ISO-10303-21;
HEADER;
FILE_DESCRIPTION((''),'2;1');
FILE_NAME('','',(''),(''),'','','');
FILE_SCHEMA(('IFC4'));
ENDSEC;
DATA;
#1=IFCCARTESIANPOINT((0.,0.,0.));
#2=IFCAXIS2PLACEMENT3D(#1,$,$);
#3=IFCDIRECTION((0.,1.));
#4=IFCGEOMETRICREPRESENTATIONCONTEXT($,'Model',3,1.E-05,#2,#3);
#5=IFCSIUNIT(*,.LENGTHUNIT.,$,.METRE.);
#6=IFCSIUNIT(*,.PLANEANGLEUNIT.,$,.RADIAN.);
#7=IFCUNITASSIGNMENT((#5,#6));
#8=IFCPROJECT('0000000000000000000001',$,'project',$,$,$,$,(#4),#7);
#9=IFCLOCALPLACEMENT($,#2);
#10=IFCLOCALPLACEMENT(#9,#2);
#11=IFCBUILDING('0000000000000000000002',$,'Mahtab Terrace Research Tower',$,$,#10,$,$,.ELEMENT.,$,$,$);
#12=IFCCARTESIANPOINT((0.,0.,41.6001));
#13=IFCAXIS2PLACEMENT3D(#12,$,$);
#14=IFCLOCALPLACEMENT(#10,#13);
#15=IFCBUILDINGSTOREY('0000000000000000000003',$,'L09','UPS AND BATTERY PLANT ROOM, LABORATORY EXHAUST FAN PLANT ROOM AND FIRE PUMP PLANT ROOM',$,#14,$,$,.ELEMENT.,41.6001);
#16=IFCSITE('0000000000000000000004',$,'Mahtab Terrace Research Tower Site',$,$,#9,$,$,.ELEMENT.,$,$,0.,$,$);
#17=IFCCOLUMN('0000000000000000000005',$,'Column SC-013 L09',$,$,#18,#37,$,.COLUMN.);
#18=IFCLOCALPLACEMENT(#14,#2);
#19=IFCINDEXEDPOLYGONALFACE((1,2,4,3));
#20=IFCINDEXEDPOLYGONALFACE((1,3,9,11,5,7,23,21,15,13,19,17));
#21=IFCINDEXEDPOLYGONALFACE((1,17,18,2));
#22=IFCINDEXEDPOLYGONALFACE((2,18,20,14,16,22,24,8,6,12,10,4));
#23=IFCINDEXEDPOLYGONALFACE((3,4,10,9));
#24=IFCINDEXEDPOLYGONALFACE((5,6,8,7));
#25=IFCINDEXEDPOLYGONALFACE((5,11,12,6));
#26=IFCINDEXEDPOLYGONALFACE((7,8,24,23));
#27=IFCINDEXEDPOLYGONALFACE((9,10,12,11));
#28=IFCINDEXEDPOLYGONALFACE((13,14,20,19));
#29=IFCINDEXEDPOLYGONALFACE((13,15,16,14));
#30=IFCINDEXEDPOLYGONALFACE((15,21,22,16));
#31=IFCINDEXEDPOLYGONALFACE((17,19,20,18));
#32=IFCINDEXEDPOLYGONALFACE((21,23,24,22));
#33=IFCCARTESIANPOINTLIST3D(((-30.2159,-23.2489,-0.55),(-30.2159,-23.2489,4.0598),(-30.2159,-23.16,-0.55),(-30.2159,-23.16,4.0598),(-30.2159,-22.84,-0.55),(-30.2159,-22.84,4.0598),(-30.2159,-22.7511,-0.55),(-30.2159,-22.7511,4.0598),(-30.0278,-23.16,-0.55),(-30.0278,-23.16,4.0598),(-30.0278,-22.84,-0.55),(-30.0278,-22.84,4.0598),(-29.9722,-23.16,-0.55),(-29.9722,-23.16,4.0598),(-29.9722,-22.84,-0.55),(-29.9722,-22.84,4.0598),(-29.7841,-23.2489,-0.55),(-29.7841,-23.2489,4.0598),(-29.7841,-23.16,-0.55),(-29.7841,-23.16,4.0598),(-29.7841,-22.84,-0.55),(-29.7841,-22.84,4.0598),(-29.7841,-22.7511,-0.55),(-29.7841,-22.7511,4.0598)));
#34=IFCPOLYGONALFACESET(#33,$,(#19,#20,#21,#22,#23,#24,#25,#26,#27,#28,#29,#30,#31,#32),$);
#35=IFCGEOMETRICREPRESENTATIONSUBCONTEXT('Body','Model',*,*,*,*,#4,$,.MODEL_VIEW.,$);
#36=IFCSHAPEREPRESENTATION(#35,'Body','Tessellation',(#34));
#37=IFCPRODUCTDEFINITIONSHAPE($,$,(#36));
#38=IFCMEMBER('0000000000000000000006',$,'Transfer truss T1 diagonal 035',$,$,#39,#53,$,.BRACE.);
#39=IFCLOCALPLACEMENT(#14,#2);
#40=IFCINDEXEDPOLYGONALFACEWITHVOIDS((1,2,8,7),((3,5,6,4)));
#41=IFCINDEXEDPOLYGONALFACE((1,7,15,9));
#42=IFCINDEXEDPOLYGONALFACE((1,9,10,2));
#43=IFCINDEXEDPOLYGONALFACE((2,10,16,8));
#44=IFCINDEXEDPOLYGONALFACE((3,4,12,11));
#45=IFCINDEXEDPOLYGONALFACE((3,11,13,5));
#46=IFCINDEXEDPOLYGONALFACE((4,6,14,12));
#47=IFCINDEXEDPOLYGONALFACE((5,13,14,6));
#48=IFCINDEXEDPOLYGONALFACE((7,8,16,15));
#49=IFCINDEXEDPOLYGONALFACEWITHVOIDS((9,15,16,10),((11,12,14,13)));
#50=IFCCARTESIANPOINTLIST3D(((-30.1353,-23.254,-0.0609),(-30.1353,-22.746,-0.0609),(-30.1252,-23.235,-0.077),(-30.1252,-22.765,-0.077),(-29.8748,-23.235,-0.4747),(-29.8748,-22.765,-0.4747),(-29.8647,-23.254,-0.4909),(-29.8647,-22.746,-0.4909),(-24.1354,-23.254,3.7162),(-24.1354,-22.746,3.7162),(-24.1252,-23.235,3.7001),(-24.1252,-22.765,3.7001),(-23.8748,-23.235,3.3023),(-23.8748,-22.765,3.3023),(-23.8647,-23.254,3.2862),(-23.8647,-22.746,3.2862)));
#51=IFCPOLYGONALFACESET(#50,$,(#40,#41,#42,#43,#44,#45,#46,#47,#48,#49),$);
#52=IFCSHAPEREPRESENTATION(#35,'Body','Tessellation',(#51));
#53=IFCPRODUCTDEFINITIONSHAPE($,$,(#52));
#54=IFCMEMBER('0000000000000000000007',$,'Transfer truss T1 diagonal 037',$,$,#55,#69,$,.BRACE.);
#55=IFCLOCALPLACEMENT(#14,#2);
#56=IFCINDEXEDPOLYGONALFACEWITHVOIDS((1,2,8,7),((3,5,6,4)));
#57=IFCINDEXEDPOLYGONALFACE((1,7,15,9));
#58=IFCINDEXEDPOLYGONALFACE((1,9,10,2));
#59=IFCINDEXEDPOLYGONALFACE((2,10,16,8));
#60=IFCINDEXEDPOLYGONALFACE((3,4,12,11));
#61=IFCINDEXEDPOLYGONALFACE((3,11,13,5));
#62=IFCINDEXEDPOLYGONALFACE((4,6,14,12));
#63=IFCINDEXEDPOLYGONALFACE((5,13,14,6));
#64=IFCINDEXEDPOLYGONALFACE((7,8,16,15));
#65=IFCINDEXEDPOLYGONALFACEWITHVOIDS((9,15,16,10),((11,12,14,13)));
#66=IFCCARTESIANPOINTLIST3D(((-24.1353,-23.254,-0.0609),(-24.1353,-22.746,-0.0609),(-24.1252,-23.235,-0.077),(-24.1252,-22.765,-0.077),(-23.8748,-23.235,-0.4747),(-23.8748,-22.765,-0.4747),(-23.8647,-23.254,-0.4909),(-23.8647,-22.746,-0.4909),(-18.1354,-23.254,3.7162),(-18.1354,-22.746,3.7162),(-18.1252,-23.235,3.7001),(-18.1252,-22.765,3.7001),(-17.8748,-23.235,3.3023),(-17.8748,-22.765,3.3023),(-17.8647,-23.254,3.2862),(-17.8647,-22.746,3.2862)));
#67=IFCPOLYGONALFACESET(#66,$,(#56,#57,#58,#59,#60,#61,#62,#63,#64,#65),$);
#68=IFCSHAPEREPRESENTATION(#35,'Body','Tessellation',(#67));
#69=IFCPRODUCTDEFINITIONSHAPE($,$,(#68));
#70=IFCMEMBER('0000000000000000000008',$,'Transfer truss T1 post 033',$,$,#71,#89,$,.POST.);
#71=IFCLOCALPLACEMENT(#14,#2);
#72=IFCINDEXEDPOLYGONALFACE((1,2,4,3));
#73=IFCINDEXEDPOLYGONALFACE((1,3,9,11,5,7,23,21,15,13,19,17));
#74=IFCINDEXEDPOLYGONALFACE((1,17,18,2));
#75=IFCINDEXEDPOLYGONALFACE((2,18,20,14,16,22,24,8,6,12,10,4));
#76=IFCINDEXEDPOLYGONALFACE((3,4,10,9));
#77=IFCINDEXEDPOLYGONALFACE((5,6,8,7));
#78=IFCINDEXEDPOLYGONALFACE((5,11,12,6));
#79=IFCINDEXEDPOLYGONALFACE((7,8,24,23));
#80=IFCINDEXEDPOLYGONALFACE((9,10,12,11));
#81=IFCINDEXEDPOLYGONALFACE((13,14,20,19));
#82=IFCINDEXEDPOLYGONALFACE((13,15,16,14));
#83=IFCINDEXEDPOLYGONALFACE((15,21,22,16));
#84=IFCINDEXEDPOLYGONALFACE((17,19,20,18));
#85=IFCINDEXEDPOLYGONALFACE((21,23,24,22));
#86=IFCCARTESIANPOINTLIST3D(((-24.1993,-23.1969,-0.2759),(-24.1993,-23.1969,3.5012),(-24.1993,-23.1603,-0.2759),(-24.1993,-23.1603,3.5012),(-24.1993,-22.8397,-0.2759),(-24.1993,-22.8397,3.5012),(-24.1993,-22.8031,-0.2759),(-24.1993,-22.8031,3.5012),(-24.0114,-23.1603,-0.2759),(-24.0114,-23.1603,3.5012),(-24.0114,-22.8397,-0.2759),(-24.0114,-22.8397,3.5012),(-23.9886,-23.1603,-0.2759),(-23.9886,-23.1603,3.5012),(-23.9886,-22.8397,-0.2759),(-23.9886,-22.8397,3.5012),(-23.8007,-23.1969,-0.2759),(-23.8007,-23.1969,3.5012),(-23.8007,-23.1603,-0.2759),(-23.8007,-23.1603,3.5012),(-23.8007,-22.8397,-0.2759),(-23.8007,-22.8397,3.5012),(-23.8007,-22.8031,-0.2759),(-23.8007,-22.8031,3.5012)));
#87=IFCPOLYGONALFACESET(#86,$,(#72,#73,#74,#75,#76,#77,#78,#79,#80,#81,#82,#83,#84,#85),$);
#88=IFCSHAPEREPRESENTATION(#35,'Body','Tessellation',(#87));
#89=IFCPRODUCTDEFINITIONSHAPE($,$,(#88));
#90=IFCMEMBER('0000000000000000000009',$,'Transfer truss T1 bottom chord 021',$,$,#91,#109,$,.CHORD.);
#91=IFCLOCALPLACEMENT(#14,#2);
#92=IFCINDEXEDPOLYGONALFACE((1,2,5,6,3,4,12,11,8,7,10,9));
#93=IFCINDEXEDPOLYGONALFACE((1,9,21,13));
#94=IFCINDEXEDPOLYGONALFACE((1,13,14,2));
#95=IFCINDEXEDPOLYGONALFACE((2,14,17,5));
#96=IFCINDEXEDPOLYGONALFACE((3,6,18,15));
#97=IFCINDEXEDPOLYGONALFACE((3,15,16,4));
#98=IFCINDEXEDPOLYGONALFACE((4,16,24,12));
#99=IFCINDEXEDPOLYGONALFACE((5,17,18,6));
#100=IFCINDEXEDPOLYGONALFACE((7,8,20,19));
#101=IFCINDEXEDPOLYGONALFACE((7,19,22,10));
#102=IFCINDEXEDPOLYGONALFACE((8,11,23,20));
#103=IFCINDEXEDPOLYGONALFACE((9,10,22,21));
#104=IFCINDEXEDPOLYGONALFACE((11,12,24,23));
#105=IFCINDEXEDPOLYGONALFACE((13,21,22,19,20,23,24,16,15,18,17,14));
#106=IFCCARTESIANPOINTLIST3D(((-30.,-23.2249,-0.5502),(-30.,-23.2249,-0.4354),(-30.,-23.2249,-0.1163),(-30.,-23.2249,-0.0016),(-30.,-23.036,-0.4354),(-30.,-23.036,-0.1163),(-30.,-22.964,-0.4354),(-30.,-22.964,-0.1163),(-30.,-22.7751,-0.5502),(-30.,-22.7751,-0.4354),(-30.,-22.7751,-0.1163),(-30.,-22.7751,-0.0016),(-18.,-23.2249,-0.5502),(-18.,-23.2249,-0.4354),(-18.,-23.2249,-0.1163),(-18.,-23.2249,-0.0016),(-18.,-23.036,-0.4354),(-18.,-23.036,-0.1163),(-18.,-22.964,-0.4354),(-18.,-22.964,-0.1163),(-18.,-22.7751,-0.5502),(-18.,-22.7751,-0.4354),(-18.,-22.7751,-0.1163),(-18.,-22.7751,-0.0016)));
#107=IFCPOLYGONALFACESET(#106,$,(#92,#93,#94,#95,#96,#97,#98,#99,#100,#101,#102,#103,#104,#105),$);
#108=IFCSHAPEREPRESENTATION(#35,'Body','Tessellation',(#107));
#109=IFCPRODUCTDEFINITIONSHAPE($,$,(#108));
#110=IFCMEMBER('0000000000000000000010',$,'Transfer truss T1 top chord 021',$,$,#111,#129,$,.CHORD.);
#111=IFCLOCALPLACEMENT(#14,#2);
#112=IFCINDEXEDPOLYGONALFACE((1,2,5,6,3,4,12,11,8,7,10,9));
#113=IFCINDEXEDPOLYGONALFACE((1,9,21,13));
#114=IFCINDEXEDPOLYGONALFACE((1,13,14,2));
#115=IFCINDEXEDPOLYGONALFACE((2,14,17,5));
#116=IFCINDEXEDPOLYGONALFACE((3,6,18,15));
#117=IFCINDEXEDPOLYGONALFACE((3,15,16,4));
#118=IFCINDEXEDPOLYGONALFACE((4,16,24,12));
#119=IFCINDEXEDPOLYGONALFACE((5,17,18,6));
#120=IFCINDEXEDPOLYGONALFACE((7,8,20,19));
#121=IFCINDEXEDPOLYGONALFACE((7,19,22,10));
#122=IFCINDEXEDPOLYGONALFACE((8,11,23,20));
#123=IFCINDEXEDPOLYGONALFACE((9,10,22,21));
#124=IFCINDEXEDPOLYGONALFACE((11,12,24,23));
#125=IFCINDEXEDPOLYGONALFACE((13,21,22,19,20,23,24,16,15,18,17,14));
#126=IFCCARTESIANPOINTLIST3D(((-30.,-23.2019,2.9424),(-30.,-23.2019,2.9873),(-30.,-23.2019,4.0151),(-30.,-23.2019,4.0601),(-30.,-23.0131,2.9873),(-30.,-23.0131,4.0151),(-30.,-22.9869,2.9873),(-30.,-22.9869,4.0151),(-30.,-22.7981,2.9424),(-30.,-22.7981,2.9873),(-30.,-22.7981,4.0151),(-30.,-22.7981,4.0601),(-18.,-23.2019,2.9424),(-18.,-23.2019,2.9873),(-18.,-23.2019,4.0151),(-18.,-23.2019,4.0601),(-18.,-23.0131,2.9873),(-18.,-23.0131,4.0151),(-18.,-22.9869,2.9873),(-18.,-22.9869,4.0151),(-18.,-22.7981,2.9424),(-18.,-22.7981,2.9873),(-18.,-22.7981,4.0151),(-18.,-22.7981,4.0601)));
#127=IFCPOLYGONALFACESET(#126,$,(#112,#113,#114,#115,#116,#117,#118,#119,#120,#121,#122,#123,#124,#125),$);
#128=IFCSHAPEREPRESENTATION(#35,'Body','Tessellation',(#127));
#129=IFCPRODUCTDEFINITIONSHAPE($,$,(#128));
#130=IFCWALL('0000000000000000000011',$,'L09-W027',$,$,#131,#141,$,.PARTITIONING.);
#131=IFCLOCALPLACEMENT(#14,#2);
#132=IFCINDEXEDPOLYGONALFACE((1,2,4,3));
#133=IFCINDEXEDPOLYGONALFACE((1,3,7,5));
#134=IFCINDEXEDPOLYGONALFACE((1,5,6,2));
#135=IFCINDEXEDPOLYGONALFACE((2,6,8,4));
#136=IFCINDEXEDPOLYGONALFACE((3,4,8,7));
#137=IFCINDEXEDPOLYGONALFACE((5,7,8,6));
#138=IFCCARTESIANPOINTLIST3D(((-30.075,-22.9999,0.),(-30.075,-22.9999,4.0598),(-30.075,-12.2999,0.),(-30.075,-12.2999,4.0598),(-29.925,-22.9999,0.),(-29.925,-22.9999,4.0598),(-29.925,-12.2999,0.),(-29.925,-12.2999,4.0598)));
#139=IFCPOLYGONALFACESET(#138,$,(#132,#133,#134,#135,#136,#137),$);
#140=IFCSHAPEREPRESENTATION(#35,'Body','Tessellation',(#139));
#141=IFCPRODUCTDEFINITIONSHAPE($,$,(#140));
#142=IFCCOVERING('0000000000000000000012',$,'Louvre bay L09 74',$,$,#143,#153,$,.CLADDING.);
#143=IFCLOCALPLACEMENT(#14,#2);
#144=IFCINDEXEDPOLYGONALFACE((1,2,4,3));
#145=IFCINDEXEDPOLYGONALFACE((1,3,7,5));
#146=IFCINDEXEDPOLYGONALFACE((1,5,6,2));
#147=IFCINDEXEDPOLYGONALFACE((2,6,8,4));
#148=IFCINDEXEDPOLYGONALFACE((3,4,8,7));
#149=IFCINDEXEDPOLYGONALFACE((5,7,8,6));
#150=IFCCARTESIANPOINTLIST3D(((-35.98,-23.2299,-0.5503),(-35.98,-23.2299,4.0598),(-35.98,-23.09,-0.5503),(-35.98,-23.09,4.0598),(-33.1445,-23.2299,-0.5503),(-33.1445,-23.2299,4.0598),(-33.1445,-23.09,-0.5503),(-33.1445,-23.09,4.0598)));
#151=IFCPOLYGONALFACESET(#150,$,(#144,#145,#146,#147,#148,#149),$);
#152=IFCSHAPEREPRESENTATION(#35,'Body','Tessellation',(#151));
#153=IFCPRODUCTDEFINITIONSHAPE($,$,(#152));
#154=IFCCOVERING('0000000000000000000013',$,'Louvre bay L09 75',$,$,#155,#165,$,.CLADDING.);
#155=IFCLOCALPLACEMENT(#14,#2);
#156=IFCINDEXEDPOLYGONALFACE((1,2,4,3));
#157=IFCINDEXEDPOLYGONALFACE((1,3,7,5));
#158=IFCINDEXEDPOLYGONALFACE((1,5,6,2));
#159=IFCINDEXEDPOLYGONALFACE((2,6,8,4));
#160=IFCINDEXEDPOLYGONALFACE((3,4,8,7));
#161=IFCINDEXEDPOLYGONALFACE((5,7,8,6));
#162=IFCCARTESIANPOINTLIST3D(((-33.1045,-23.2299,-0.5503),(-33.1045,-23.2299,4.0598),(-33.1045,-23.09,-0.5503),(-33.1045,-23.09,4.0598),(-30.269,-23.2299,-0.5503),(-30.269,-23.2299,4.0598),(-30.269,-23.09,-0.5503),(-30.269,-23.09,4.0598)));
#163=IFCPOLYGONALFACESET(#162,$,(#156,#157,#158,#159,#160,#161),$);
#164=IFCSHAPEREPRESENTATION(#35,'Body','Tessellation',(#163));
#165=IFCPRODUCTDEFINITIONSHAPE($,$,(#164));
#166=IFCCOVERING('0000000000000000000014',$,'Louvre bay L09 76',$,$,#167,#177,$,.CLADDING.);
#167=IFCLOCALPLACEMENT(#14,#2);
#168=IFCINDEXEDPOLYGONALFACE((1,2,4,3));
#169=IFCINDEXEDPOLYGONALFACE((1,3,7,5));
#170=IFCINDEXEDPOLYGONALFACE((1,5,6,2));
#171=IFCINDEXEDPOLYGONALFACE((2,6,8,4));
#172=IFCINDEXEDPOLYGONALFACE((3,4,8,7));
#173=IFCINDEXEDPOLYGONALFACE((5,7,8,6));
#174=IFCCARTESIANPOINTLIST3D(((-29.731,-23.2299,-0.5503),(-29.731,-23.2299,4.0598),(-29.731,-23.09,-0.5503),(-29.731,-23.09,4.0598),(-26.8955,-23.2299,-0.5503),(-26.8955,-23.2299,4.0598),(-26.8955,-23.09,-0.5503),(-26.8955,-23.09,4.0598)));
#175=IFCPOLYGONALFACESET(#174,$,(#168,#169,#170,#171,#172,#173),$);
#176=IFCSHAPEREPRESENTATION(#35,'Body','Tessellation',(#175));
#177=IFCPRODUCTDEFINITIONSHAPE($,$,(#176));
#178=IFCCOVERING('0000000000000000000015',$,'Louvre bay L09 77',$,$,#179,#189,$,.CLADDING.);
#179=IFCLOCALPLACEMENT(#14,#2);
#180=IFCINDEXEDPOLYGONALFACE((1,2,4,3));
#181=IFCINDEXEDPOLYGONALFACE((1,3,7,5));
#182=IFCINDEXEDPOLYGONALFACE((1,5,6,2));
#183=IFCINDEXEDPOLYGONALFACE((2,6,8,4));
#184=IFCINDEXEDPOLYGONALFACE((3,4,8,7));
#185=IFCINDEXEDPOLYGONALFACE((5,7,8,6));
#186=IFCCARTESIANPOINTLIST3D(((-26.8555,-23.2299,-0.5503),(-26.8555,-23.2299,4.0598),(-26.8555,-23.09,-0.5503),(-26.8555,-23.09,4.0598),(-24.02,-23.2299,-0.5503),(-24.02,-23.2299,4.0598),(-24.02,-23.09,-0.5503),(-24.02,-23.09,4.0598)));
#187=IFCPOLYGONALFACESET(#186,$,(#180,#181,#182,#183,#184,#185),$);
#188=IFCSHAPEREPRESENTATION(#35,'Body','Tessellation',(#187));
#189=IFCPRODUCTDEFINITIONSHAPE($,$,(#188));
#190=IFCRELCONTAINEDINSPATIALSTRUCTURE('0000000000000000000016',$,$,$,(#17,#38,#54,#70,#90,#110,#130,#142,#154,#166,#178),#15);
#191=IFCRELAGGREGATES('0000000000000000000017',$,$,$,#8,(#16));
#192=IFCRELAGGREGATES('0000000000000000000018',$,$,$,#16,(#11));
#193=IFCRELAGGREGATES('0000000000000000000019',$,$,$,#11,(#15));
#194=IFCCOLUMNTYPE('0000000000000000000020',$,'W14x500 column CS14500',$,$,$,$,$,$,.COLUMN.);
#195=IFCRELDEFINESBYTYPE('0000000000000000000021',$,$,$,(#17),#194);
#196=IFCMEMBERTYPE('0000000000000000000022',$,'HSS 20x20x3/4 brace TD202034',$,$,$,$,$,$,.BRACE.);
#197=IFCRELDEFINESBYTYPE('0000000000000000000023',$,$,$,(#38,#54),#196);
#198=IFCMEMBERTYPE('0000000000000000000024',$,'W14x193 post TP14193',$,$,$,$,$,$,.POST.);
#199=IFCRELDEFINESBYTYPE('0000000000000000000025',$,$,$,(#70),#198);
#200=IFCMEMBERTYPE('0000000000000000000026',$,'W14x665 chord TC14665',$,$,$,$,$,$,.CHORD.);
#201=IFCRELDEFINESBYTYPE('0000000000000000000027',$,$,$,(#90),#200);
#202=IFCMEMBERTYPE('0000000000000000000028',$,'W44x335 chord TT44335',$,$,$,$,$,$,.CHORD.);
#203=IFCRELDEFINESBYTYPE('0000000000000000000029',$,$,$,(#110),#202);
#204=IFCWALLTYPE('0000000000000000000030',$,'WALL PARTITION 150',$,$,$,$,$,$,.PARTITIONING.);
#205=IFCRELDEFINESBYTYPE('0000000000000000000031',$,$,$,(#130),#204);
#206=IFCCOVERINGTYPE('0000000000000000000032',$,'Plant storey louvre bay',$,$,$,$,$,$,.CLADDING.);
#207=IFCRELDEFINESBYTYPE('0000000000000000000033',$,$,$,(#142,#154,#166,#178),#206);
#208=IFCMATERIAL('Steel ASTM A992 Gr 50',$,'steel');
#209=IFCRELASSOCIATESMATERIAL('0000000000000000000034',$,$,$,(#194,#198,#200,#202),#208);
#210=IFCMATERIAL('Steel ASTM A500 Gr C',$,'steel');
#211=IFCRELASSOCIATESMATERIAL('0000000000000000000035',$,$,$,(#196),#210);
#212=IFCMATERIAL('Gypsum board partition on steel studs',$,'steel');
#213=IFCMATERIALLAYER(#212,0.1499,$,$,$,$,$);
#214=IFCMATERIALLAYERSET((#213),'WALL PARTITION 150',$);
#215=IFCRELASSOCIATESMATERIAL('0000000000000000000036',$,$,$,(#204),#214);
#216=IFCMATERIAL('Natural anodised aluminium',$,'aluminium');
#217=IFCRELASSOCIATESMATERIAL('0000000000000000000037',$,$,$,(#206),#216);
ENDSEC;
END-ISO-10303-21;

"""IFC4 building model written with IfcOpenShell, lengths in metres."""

from ifc_helpers import new_model, si_unit, direction, frame, frame_2d, origin, origin_2d, place, context, subcontext, project, spatial, rectangle, hollow_rectangle, i_section, extrude, material, layer, layer_set, material_profile, profile_set, type_object, element, save


model = new_model("IFC4")

# Units and contexts
model_context = context("Model", 3, precision=1e-05, world=origin(), true_north=direction((0.0, 1.0)))
body_context = subcontext(model_context, "Body", "Model", "MODEL_VIEW")
ifc_project = project(units=[si_unit("LENGTHUNIT", "METRE"), si_unit("PLANEANGLEUNIT", "RADIAN")], contexts=[model_context])

# Site, building, storey
site_placement = place(None, origin())
site = spatial("IfcSite", under=ifc_project, at=site_placement, Name="Mahtab Terrace Research Tower Site", CompositionType="ELEMENT", RefElevation=0.0)
building_placement = place(site_placement, origin())
building = spatial("IfcBuilding", under=site, at=building_placement, Name="Mahtab Terrace Research Tower", CompositionType="ELEMENT")
storey_placement = place(building_placement, frame((0.0, 0.0, 41.6001)))
storey = spatial("IfcBuildingStorey", under=building, at=storey_placement, Name="L09", Description="UPS AND BATTERY PLANT ROOM, LABORATORY EXHAUST FAN PLANT ROOM AND FIRE PUMP PLANT ROOM", CompositionType="ELEMENT", Elevation=41.6001)

# Column
ifc_material_1 = material(Name="Steel ASTM A992 Gr 50", Category="steel")
ifc_material_profile_1 = material_profile(ifc_material_1, i_section(OverallWidth=0.4319, OverallDepth=0.4978, WebThickness=0.0557, FlangeThickness=0.0889, at=origin_2d()), Name="W14X500")
ifc_profile_set_1 = profile_set([ifc_material_profile_1], Name="Steel ASTM A992 Gr 50")
column_type = type_object("IfcColumnType", Name="W14x500 column CS14500", PredefinedType="COLUMN", material=ifc_profile_set_1)
column_placement = place(storey_placement, frame((-30.0, -23.0, -0.55), z_axis=(0.0, 0.0, 1.0), x_axis=(1.0, 0.0, 0.0)))
element("IfcColumn", 1, at=column_placement, inside=storey, type_object=column_type, Name="Column SC-013 L09", PredefinedType="COLUMN", context=body_context, shape_type="SweptSolid", body=[
    extrude(i_section(OverallWidth=0.4319, OverallDepth=0.4978, WebThickness=0.0557, FlangeThickness=0.0889, at=origin_2d()), origin(), (0.0, 0.0, 1.0), 4.6099),
])

# Members
ifc_material_2 = material(Name="Steel ASTM A500 Gr C", Category="steel")
ifc_material_profile_2 = material_profile(ifc_material_2, hollow_rectangle(XDim=0.5081, YDim=0.5081, WallThickness=0.019, at=origin_2d()), Name="HSS20X20X3/4")
ifc_profile_set_2 = profile_set([ifc_material_profile_2], Name="Steel ASTM A500 Gr C")
member_type_1 = type_object("IfcMemberType", Name="HSS 20x20x3/4 brace TD202034", PredefinedType="BRACE", material=ifc_profile_set_2)
for number, where, z_axis, x_axis, name in (
    (2, (-30.0, -23.0, -0.2759), (0.846276, 0.0, 0.532745), (0.0, 1.0, 0.0), "Transfer truss T1 diagonal 035"),
    (3, (-24.0, -23.0, -0.2759), (0.846276, 0.0, 0.532745), (0.0, 1.0, 0.0), "Transfer truss T1 diagonal 037"),
):
    element("IfcMember", number, at=place(storey_placement, frame(where, z_axis=z_axis, x_axis=x_axis)), inside=storey, type_object=member_type_1, Name=name, PredefinedType="BRACE", context=body_context, shape_type="SweptSolid", body=[
        extrude(hollow_rectangle(XDim=0.5081, YDim=0.5081, WallThickness=0.019, at=origin_2d()), origin(), (0.0, 0.0, 1.0), 7.0898),
    ])
ifc_material_profile_3 = material_profile(ifc_material_1, i_section(OverallWidth=0.3987, OverallDepth=0.3938, WebThickness=0.0227, FlangeThickness=0.0366, at=origin_2d()), Name="W14X193")
ifc_profile_set_3 = profile_set([ifc_material_profile_3], Name="Steel ASTM A992 Gr 50")
member_type_2 = type_object("IfcMemberType", Name="W14x193 post TP14193", PredefinedType="POST", material=ifc_profile_set_3)
member_1_placement = place(storey_placement, frame((-24.0, -23.0, -0.2759), z_axis=(0.0, 0.0, 1.0), x_axis=(1.0, 0.0, 0.0)))
element("IfcMember", 4, at=member_1_placement, inside=storey, type_object=member_type_2, Name="Transfer truss T1 post 033", PredefinedType="POST", context=body_context, shape_type="SweptSolid", body=[
    extrude(i_section(OverallWidth=0.3987, OverallDepth=0.3938, WebThickness=0.0227, FlangeThickness=0.0366, at=origin_2d()), origin(), (0.0, 0.0, 1.0), 3.7771),
])
ifc_material_profile_4 = material_profile(ifc_material_1, i_section(OverallWidth=0.4497, OverallDepth=0.5486, WebThickness=0.072, FlangeThickness=0.1147, at=origin_2d()), Name="W14X665")
ifc_profile_set_4 = profile_set([ifc_material_profile_4], Name="Steel ASTM A992 Gr 50")
member_type_3 = type_object("IfcMemberType", Name="W14x665 chord TC14665", PredefinedType="CHORD", material=ifc_profile_set_4)
member_2_placement = place(storey_placement, frame((-30.0, -23.0, -0.2759), z_axis=(1.0, 0.0, 0.0), x_axis=(0.0, 1.0, 0.0)))
element("IfcMember", 5, at=member_2_placement, inside=storey, type_object=member_type_3, Name="Transfer truss T1 bottom chord 021", PredefinedType="CHORD", context=body_context, shape_type="SweptSolid", body=[
    extrude(i_section(OverallWidth=0.4497, OverallDepth=0.5486, WebThickness=0.072, FlangeThickness=0.1147, at=origin_2d()), origin(), (0.0, 0.0, 1.0), 12.0),
])
ifc_material_profile_5 = material_profile(ifc_material_1, i_section(OverallWidth=0.4038, OverallDepth=1.1177, WebThickness=0.0261, FlangeThickness=0.0449, at=origin_2d()), Name="W44X335")
ifc_profile_set_5 = profile_set([ifc_material_profile_5], Name="Steel ASTM A992 Gr 50")
member_type_4 = type_object("IfcMemberType", Name="W44x335 chord TT44335", PredefinedType="CHORD", material=ifc_profile_set_5)
member_3_placement = place(storey_placement, frame((-30.0, -23.0, 3.5012), z_axis=(1.0, 0.0, 0.0), x_axis=(0.0, 1.0, 0.0)))
element("IfcMember", 6, at=member_3_placement, inside=storey, type_object=member_type_4, Name="Transfer truss T1 top chord 021", PredefinedType="CHORD", context=body_context, shape_type="SweptSolid", body=[
    extrude(i_section(OverallWidth=0.4038, OverallDepth=1.1177, WebThickness=0.0261, FlangeThickness=0.0449, at=origin_2d()), origin(), (0.0, 0.0, 1.0), 12.0),
])

# Wall
ifc_material_3 = material(Name="Gypsum board partition on steel studs", Category="steel")
ifc_layer_1 = layer(ifc_material_3, 0.1499)
ifc_layer_set_1 = layer_set([ifc_layer_1], Name="WALL PARTITION 150")
wall_type = type_object("IfcWallType", Name="WALL PARTITION 150", PredefinedType="PARTITIONING", material=ifc_layer_set_1)
wall_placement = place(storey_placement, frame((-30.0, -23.0, 0.0), z_axis=(0.0, 0.0, 1.0), x_axis=(0.0, 1.0, 0.0)))
element("IfcWall", 7, at=wall_placement, inside=storey, type_object=wall_type, Name="L09-W027", PredefinedType="PARTITIONING", context=body_context, shape_type="SweptSolid", body=[
    extrude(rectangle(XDim=10.7, YDim=0.1499, at=frame_2d((5.3501, 0.0))), origin(), (0.0, 0.0, 1.0), 4.0598),
])

# Coverings
ifc_material_4 = material(Name="Natural anodised aluminium", Category="aluminium")
covering_type = type_object("IfcCoveringType", Name="Plant storey louvre bay", PredefinedType="CLADDING", material=ifc_material_4)
for number, where, z_axis, x_axis, name in (
    (8, (-34.5623, -23.1599, -0.5503), (0.0, 0.0, 1.0), (1.0, 0.0, 0.0), "Louvre bay L09 74"),
    (9, (-31.6868, -23.1599, -0.5503), (0.0, 0.0, 1.0), (1.0, 0.0, 0.0), "Louvre bay L09 75"),
    (10, (-28.3132, -23.1599, -0.5503), (0.0, 0.0, 1.0), (1.0, 0.0, 0.0), "Louvre bay L09 76"),
    (11, (-25.4377, -23.1599, -0.5503), (0.0, 0.0, 1.0), (1.0, 0.0, 0.0), "Louvre bay L09 77"),
):
    element("IfcCovering", number, at=place(storey_placement, frame(where, z_axis=z_axis, x_axis=x_axis)), inside=storey, type_object=covering_type, Name=name, PredefinedType="CLADDING", context=body_context, shape_type="SweptSolid", body=[
        extrude(rectangle(XDim=2.8354, YDim=0.1399, at=origin_2d()), origin(), (0.0, 0.0, 1.0), 4.6101),
    ])

save(model, "model.ifc")
